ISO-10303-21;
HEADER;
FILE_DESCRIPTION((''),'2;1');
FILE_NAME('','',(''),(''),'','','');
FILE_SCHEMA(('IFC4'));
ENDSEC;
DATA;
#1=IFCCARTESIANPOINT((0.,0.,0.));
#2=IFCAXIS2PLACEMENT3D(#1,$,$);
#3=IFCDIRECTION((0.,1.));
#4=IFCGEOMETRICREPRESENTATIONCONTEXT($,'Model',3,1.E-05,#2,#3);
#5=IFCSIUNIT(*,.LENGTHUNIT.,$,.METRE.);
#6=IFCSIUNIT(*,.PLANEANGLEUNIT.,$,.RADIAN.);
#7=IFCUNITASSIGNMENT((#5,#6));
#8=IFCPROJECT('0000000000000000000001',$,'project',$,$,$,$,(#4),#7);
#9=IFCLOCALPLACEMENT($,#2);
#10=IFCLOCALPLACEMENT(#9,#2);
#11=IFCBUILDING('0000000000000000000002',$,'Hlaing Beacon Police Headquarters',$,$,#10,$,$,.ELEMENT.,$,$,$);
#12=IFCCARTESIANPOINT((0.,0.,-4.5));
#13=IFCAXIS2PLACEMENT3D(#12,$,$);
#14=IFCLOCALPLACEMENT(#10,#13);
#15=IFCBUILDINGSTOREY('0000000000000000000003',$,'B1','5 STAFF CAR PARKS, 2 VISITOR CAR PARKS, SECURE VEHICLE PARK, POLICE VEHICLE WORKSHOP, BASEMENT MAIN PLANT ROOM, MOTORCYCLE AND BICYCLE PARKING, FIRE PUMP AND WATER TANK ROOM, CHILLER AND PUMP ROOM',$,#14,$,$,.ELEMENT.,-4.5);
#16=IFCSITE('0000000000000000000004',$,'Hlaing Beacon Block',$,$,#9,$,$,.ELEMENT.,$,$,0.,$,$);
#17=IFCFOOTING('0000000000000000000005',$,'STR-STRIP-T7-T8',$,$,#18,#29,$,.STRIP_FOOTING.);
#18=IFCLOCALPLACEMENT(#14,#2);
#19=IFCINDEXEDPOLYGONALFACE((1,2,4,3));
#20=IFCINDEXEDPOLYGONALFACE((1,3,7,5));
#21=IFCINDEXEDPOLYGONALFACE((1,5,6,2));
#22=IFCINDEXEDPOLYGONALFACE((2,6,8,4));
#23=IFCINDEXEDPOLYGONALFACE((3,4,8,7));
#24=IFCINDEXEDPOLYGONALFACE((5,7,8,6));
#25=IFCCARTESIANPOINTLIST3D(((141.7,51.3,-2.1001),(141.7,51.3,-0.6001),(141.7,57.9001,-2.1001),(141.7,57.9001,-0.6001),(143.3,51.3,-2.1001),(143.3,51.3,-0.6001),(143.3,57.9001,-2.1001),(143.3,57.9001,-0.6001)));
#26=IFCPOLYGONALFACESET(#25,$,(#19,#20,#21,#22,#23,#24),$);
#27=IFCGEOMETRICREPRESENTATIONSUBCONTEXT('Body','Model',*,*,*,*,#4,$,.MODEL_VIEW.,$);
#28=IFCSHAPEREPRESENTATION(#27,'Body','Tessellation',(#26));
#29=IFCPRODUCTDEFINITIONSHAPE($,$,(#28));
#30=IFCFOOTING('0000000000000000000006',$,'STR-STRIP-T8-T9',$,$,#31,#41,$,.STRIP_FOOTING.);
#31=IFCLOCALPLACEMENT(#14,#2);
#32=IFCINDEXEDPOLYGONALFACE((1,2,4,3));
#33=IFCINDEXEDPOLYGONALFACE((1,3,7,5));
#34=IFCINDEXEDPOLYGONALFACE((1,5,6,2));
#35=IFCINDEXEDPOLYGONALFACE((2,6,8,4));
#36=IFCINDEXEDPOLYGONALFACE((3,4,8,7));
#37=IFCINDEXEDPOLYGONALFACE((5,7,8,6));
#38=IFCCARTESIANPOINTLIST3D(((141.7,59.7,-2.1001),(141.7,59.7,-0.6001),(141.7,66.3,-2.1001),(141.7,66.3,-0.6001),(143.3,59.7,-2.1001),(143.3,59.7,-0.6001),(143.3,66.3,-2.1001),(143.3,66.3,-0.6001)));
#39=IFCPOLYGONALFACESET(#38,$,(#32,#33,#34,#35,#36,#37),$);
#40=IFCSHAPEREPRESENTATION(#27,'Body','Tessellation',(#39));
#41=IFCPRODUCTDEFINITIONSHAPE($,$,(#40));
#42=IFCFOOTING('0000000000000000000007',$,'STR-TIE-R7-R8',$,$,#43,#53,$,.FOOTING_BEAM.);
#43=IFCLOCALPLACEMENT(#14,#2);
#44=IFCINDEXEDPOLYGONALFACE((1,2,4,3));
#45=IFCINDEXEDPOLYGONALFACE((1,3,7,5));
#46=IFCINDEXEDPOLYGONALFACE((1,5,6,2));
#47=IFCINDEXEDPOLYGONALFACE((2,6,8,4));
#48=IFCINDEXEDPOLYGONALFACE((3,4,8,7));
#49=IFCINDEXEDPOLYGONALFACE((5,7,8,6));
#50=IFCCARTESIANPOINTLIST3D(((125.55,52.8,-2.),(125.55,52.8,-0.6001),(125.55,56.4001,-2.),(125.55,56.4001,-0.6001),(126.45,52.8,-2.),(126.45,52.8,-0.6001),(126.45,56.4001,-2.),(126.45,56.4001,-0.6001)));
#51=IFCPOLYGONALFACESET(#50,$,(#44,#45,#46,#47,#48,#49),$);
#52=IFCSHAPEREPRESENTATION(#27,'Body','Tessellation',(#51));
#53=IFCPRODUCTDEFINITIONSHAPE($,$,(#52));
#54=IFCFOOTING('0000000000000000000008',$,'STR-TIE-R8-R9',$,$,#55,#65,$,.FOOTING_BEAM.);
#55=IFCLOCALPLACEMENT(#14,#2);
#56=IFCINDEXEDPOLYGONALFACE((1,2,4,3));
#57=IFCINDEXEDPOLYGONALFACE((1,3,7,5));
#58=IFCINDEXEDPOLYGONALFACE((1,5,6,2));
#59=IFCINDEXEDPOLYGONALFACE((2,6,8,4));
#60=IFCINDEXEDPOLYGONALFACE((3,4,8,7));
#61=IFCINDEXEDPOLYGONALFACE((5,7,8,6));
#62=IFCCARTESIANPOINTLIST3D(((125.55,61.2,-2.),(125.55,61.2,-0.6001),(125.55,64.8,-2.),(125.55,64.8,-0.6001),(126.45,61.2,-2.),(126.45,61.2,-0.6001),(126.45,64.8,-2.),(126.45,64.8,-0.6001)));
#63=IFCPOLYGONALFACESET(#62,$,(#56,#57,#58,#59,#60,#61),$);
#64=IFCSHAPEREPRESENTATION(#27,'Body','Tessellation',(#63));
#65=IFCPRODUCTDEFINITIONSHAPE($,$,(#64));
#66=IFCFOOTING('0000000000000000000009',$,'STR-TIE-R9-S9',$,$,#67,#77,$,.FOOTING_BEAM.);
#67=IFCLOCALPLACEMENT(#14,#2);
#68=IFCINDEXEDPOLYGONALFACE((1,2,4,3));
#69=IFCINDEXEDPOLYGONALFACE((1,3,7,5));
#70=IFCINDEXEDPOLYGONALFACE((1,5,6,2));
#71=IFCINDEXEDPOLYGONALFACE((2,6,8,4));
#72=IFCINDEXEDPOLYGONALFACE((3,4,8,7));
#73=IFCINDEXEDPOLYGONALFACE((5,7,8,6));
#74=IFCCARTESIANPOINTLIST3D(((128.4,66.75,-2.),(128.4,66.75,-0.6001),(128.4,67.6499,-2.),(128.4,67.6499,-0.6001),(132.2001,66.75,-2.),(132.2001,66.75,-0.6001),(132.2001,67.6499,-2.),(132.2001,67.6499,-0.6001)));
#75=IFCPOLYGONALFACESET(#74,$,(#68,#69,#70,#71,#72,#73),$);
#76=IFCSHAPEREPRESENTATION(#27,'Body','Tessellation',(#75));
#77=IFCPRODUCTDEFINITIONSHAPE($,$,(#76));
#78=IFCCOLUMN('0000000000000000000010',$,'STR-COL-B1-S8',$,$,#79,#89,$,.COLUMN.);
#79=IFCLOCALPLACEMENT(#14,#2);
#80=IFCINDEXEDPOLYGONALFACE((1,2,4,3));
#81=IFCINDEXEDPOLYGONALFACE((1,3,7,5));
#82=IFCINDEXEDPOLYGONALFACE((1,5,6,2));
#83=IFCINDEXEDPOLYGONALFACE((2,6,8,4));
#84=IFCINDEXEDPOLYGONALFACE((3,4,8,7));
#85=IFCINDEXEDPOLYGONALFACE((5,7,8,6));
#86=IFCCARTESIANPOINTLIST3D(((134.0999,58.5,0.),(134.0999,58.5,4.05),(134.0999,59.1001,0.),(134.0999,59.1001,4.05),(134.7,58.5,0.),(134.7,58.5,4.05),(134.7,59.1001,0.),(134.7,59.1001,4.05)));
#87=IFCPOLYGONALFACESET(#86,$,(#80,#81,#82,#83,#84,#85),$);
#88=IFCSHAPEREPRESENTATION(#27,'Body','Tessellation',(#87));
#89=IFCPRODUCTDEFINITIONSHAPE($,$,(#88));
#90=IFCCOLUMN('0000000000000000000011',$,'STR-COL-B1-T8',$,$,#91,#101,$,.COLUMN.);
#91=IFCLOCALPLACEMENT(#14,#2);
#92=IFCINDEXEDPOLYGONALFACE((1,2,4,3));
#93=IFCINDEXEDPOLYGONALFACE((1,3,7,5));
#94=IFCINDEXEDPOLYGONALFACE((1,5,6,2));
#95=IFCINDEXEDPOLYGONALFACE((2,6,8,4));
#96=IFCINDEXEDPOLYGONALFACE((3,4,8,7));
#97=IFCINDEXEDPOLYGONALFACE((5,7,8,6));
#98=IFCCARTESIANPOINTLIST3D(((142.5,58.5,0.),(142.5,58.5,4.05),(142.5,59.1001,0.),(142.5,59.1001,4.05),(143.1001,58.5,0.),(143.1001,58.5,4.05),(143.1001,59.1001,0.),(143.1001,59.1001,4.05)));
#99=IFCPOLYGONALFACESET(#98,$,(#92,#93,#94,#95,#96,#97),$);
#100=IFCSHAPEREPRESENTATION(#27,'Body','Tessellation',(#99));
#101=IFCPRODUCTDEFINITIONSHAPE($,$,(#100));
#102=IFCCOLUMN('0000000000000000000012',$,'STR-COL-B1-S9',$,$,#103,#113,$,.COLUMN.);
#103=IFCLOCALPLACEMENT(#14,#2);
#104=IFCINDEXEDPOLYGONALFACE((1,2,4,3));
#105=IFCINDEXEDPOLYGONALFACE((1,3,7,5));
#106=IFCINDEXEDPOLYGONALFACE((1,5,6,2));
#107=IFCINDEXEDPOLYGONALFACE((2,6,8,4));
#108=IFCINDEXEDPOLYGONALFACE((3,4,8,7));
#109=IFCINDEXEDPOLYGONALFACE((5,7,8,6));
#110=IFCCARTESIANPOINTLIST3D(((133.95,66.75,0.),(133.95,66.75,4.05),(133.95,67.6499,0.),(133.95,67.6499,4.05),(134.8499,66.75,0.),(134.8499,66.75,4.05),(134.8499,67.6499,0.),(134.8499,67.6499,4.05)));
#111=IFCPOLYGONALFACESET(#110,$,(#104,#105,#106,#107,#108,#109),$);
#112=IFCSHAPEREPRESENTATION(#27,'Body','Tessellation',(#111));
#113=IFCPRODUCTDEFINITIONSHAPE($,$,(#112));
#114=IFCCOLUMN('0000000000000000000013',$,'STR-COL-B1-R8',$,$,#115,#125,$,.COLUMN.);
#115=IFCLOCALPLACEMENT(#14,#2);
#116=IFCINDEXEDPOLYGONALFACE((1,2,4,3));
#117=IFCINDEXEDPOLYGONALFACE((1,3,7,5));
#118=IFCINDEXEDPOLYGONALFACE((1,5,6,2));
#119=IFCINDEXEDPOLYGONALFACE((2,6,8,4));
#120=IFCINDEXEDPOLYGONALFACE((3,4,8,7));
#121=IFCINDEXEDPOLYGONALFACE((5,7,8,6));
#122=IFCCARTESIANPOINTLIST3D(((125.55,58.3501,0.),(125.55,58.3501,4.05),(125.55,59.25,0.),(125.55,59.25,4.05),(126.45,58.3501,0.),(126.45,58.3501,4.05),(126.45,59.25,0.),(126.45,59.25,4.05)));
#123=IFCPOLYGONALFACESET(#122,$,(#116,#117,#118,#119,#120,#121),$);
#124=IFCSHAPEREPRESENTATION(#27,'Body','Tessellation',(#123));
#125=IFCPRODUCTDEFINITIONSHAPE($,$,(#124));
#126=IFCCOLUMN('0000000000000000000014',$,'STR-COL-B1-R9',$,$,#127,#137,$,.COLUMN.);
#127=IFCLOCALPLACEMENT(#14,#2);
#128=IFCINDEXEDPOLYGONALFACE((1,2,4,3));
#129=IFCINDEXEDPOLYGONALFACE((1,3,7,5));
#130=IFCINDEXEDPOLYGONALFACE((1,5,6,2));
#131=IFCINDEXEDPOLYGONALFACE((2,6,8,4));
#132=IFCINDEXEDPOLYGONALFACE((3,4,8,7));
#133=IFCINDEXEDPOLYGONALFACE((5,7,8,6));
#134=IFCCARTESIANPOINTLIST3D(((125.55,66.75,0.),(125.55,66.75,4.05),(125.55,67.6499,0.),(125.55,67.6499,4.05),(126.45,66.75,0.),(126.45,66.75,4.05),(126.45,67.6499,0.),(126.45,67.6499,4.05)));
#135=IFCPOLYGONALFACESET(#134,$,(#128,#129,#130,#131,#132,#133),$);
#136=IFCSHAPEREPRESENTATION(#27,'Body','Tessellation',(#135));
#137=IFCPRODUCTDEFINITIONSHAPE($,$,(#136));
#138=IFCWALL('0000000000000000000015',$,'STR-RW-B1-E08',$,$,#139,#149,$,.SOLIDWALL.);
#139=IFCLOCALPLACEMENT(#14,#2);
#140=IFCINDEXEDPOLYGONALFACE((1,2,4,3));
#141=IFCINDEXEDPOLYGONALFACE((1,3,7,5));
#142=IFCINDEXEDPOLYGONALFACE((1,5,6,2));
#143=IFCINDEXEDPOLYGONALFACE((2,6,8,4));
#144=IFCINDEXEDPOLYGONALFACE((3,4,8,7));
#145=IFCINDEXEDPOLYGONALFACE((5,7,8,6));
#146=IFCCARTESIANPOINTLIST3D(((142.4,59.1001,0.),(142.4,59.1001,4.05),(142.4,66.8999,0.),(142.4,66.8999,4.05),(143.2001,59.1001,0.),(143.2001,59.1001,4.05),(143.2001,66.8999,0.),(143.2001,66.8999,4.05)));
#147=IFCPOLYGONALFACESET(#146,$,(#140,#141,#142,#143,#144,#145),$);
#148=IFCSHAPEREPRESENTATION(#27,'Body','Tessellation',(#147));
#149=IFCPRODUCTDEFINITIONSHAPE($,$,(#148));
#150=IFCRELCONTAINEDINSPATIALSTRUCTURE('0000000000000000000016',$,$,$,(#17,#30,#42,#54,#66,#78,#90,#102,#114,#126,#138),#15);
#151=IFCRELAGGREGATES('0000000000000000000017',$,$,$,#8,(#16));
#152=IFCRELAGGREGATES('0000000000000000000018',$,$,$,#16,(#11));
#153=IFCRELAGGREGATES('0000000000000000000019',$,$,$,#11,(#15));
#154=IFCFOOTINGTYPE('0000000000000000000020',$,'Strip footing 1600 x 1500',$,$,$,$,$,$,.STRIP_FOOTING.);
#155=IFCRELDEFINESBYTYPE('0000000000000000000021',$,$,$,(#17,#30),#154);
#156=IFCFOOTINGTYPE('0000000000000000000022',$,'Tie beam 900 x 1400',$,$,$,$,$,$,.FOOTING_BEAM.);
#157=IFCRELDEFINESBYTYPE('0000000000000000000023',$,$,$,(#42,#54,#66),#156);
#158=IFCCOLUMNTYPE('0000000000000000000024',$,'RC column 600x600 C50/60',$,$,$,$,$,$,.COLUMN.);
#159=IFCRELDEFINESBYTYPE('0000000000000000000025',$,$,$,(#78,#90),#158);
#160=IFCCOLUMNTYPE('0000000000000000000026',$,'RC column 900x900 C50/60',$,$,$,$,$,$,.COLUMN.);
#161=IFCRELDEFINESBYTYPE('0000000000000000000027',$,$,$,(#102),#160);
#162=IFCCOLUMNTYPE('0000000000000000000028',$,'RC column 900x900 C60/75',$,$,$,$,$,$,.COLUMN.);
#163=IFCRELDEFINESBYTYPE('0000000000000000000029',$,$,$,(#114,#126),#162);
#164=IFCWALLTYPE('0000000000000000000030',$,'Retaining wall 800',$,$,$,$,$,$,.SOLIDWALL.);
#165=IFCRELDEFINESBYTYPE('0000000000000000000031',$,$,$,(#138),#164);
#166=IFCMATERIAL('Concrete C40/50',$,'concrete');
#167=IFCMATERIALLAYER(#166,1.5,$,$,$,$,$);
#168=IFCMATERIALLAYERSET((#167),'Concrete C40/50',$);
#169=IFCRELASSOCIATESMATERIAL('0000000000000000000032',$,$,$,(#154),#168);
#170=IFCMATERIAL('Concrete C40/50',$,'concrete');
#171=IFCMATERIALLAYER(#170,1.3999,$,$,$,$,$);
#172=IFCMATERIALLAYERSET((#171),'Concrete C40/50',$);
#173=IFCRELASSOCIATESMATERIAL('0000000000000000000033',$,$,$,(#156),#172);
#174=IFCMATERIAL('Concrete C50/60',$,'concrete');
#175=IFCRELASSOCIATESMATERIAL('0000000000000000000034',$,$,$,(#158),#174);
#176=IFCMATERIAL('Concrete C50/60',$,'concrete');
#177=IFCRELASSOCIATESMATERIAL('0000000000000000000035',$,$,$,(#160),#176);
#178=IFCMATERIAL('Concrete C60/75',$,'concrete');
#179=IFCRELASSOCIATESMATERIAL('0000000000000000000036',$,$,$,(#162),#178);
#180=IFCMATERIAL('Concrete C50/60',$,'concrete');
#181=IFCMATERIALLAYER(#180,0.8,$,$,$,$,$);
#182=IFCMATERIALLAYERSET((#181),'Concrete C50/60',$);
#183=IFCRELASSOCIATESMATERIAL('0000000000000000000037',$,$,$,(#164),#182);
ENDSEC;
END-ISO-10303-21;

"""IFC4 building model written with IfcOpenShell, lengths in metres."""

from ifc_helpers import new_model, si_unit, direction, frame, frame_2d, origin, origin_2d, place, context, subcontext, project, spatial, rectangle, extrude, material, layer, layer_set, material_profile, profile_set, type_object, element, save


model = new_model("IFC4")

# Units and contexts
model_context = context("Model", 3, precision=1e-05, world=origin(), true_north=direction((0.0, 1.0)))
body_context = subcontext(model_context, "Body", "Model", "MODEL_VIEW")
ifc_project = project(units=[si_unit("LENGTHUNIT", "METRE"), si_unit("PLANEANGLEUNIT", "RADIAN")], contexts=[model_context])

# Site, building, storey
site_placement = place(None, origin())
site = spatial("IfcSite", under=ifc_project, at=site_placement, Name="Hlaing Beacon Block", CompositionType="ELEMENT", RefElevation=0.0)
building_placement = place(site_placement, origin())
building = spatial("IfcBuilding", under=site, at=building_placement, Name="Hlaing Beacon Police Headquarters", CompositionType="ELEMENT")
storey_placement = place(building_placement, frame((0.0, 0.0, -4.5)))
storey = spatial("IfcBuildingStorey", under=building, at=storey_placement, Name="B1", Description="5 STAFF CAR PARKS, 2 VISITOR CAR PARKS, SECURE VEHICLE PARK, POLICE VEHICLE WORKSHOP, BASEMENT MAIN PLANT ROOM, MOTORCYCLE AND BICYCLE PARKING, FIRE PUMP AND WATER TANK ROOM, CHILLER AND PUMP ROOM", CompositionType="ELEMENT", Elevation=-4.5)

# Footings
ifc_material_1 = material(Name="Concrete C40/50", Category="concrete")
ifc_layer_1 = layer(ifc_material_1, 1.5)
ifc_layer_set_1 = layer_set([ifc_layer_1], Name="Concrete C40/50")
footing_type_1 = type_object("IfcFootingType", Name="Strip footing 1600 x 1500", PredefinedType="STRIP_FOOTING", material=ifc_layer_set_1)
for number, where, z_axis, x_axis, name in (
    (1, (142.5, 54.6001, -2.1001), (0.0, 0.0, 1.0), (1.0, 0.0, 0.0), "STR-STRIP-T7-T8"),
    (2, (142.5, 63.0, -2.1001), (0.0, 0.0, 1.0), (1.0, 0.0, 0.0), "STR-STRIP-T8-T9"),
):
    element("IfcFooting", number, at=place(storey_placement, frame(where, z_axis=z_axis, x_axis=x_axis)), inside=storey, type_object=footing_type_1, Name=name, PredefinedType="STRIP_FOOTING", context=body_context, shape_type="SweptSolid", body=[
        extrude(rectangle(XDim=1.6001, YDim=6.6001, at=origin_2d()), origin(), (0.0, 0.0, 1.0), 1.5),
    ])
ifc_material_2 = material(Name="Concrete C40/50", Category="concrete")
ifc_layer_2 = layer(ifc_material_2, 1.3999)
ifc_layer_set_2 = layer_set([ifc_layer_2], Name="Concrete C40/50")
footing_type_2 = type_object("IfcFootingType", Name="Tie beam 900 x 1400", PredefinedType="FOOTING_BEAM", material=ifc_layer_set_2)
for number, where, z_axis, x_axis, name in (
    (3, (126.0, 54.6001, -2.0), (0.0, 0.0, 1.0), (1.0, 0.0, 0.0), "STR-TIE-R7-R8"),
    (4, (126.0, 63.0, -2.0), (0.0, 0.0, 1.0), (1.0, 0.0, 0.0), "STR-TIE-R8-R9"),
):
    element("IfcFooting", number, at=place(storey_placement, frame(where, z_axis=z_axis, x_axis=x_axis)), inside=storey, type_object=footing_type_2, Name=name, PredefinedType="FOOTING_BEAM", context=body_context, shape_type="SweptSolid", body=[
        extrude(rectangle(XDim=0.8999, YDim=3.6001, at=origin_2d()), origin(), (0.0, 0.0, 1.0), 1.3999),
    ])
footing_placement = place(storey_placement, frame((130.3, 67.2, -2.0), z_axis=(0.0, 0.0, 1.0), x_axis=(1.0, 0.0, 0.0)))
element("IfcFooting", 5, at=footing_placement, inside=storey, type_object=footing_type_2, Name="STR-TIE-R9-S9", PredefinedType="FOOTING_BEAM", context=body_context, shape_type="SweptSolid", body=[
    extrude(rectangle(XDim=3.8, YDim=0.8999, at=origin_2d()), origin(), (0.0, 0.0, 1.0), 1.3999),
])

# Columns
ifc_material_3 = material(Name="Concrete C50/60", Category="concrete")
ifc_material_profile_1 = material_profile(ifc_material_3, rectangle(XDim=0.6001, YDim=0.6001, at=origin_2d()), Name="600x600")
ifc_profile_set_1 = profile_set([ifc_material_profile_1], Name="Concrete C50/60")
column_type_1 = type_object("IfcColumnType", Name="RC column 600x600 C50/60", PredefinedType="COLUMN", material=ifc_profile_set_1)
for number, where, z_axis, x_axis, name in (
    (6, (134.3999, 58.8, 0.0), (0.0, 0.0, 1.0), (1.0, 0.0, 0.0), "STR-COL-B1-S8"),
    (7, (142.8, 58.8, 0.0), (0.0, 0.0, 1.0), (1.0, 0.0, 0.0), "STR-COL-B1-T8"),
):
    element("IfcColumn", number, at=place(storey_placement, frame(where, z_axis=z_axis, x_axis=x_axis)), inside=storey, type_object=column_type_1, Name=name, PredefinedType="COLUMN", context=body_context, shape_type="SweptSolid", body=[
        extrude(rectangle(XDim=0.6001, YDim=0.6001, at=origin_2d()), origin(), (0.0, 0.0, 1.0), 4.05),
    ])
ifc_material_4 = material(Name="Concrete C50/60", Category="concrete")
ifc_material_profile_2 = material_profile(ifc_material_4, rectangle(XDim=0.8999, YDim=0.8999, at=origin_2d()), Name="900x900")
ifc_profile_set_2 = profile_set([ifc_material_profile_2], Name="Concrete C50/60")
column_type_2 = type_object("IfcColumnType", Name="RC column 900x900 C50/60", PredefinedType="COLUMN", material=ifc_profile_set_2)
column_placement = place(storey_placement, frame((134.3999, 67.2, 0.0), z_axis=(0.0, 0.0, 1.0), x_axis=(1.0, 0.0, 0.0)))
element("IfcColumn", 8, at=column_placement, inside=storey, type_object=column_type_2, Name="STR-COL-B1-S9", PredefinedType="COLUMN", context=body_context, shape_type="SweptSolid", body=[
    extrude(rectangle(XDim=0.8999, YDim=0.8999, at=origin_2d()), origin(), (0.0, 0.0, 1.0), 4.05),
])
ifc_material_5 = material(Name="Concrete C60/75", Category="concrete")
ifc_material_profile_3 = material_profile(ifc_material_5, rectangle(XDim=0.8999, YDim=0.8999, at=origin_2d()), Name="900x900")
ifc_profile_set_3 = profile_set([ifc_material_profile_3], Name="Concrete C60/75")
column_type_3 = type_object("IfcColumnType", Name="RC column 900x900 C60/75", PredefinedType="COLUMN", material=ifc_profile_set_3)
for number, where, z_axis, x_axis, name in (
    (9, (126.0, 58.8, 0.0), (0.0, 0.0, 1.0), (1.0, 0.0, 0.0), "STR-COL-B1-R8"),
    (10, (126.0, 67.2, 0.0), (0.0, 0.0, 1.0), (1.0, 0.0, 0.0), "STR-COL-B1-R9"),
):
    element("IfcColumn", number, at=place(storey_placement, frame(where, z_axis=z_axis, x_axis=x_axis)), inside=storey, type_object=column_type_3, Name=name, PredefinedType="COLUMN", context=body_context, shape_type="SweptSolid", body=[
        extrude(rectangle(XDim=0.8999, YDim=0.8999, at=origin_2d()), origin(), (0.0, 0.0, 1.0), 4.05),
    ])

# Wall
ifc_material_6 = material(Name="Concrete C50/60", Category="concrete")
ifc_layer_3 = layer(ifc_material_6, 0.8)
ifc_layer_set_3 = layer_set([ifc_layer_3], Name="Concrete C50/60")
wall_type_1 = type_object("IfcWallType", Name="Retaining wall 800", PredefinedType="SOLIDWALL", material=ifc_layer_set_3)
wall_1_placement = place(storey_placement, frame((142.8, 59.1001, 0.0), z_axis=(0.0, 0.0, 1.0), x_axis=(0.0, 1.0, 0.0)))
element("IfcWall", 11, at=wall_1_placement, inside=storey, type_object=wall_type_1, Name="STR-RW-B1-E08", PredefinedType="SOLIDWALL", context=body_context, shape_type="SweptSolid", body=[
    extrude(rectangle(XDim=7.7998, YDim=0.8, at=frame_2d((3.8999, 0.0))), origin(), (0.0, 0.0, 1.0), 4.05),
])

save(model, "model.ifc")
